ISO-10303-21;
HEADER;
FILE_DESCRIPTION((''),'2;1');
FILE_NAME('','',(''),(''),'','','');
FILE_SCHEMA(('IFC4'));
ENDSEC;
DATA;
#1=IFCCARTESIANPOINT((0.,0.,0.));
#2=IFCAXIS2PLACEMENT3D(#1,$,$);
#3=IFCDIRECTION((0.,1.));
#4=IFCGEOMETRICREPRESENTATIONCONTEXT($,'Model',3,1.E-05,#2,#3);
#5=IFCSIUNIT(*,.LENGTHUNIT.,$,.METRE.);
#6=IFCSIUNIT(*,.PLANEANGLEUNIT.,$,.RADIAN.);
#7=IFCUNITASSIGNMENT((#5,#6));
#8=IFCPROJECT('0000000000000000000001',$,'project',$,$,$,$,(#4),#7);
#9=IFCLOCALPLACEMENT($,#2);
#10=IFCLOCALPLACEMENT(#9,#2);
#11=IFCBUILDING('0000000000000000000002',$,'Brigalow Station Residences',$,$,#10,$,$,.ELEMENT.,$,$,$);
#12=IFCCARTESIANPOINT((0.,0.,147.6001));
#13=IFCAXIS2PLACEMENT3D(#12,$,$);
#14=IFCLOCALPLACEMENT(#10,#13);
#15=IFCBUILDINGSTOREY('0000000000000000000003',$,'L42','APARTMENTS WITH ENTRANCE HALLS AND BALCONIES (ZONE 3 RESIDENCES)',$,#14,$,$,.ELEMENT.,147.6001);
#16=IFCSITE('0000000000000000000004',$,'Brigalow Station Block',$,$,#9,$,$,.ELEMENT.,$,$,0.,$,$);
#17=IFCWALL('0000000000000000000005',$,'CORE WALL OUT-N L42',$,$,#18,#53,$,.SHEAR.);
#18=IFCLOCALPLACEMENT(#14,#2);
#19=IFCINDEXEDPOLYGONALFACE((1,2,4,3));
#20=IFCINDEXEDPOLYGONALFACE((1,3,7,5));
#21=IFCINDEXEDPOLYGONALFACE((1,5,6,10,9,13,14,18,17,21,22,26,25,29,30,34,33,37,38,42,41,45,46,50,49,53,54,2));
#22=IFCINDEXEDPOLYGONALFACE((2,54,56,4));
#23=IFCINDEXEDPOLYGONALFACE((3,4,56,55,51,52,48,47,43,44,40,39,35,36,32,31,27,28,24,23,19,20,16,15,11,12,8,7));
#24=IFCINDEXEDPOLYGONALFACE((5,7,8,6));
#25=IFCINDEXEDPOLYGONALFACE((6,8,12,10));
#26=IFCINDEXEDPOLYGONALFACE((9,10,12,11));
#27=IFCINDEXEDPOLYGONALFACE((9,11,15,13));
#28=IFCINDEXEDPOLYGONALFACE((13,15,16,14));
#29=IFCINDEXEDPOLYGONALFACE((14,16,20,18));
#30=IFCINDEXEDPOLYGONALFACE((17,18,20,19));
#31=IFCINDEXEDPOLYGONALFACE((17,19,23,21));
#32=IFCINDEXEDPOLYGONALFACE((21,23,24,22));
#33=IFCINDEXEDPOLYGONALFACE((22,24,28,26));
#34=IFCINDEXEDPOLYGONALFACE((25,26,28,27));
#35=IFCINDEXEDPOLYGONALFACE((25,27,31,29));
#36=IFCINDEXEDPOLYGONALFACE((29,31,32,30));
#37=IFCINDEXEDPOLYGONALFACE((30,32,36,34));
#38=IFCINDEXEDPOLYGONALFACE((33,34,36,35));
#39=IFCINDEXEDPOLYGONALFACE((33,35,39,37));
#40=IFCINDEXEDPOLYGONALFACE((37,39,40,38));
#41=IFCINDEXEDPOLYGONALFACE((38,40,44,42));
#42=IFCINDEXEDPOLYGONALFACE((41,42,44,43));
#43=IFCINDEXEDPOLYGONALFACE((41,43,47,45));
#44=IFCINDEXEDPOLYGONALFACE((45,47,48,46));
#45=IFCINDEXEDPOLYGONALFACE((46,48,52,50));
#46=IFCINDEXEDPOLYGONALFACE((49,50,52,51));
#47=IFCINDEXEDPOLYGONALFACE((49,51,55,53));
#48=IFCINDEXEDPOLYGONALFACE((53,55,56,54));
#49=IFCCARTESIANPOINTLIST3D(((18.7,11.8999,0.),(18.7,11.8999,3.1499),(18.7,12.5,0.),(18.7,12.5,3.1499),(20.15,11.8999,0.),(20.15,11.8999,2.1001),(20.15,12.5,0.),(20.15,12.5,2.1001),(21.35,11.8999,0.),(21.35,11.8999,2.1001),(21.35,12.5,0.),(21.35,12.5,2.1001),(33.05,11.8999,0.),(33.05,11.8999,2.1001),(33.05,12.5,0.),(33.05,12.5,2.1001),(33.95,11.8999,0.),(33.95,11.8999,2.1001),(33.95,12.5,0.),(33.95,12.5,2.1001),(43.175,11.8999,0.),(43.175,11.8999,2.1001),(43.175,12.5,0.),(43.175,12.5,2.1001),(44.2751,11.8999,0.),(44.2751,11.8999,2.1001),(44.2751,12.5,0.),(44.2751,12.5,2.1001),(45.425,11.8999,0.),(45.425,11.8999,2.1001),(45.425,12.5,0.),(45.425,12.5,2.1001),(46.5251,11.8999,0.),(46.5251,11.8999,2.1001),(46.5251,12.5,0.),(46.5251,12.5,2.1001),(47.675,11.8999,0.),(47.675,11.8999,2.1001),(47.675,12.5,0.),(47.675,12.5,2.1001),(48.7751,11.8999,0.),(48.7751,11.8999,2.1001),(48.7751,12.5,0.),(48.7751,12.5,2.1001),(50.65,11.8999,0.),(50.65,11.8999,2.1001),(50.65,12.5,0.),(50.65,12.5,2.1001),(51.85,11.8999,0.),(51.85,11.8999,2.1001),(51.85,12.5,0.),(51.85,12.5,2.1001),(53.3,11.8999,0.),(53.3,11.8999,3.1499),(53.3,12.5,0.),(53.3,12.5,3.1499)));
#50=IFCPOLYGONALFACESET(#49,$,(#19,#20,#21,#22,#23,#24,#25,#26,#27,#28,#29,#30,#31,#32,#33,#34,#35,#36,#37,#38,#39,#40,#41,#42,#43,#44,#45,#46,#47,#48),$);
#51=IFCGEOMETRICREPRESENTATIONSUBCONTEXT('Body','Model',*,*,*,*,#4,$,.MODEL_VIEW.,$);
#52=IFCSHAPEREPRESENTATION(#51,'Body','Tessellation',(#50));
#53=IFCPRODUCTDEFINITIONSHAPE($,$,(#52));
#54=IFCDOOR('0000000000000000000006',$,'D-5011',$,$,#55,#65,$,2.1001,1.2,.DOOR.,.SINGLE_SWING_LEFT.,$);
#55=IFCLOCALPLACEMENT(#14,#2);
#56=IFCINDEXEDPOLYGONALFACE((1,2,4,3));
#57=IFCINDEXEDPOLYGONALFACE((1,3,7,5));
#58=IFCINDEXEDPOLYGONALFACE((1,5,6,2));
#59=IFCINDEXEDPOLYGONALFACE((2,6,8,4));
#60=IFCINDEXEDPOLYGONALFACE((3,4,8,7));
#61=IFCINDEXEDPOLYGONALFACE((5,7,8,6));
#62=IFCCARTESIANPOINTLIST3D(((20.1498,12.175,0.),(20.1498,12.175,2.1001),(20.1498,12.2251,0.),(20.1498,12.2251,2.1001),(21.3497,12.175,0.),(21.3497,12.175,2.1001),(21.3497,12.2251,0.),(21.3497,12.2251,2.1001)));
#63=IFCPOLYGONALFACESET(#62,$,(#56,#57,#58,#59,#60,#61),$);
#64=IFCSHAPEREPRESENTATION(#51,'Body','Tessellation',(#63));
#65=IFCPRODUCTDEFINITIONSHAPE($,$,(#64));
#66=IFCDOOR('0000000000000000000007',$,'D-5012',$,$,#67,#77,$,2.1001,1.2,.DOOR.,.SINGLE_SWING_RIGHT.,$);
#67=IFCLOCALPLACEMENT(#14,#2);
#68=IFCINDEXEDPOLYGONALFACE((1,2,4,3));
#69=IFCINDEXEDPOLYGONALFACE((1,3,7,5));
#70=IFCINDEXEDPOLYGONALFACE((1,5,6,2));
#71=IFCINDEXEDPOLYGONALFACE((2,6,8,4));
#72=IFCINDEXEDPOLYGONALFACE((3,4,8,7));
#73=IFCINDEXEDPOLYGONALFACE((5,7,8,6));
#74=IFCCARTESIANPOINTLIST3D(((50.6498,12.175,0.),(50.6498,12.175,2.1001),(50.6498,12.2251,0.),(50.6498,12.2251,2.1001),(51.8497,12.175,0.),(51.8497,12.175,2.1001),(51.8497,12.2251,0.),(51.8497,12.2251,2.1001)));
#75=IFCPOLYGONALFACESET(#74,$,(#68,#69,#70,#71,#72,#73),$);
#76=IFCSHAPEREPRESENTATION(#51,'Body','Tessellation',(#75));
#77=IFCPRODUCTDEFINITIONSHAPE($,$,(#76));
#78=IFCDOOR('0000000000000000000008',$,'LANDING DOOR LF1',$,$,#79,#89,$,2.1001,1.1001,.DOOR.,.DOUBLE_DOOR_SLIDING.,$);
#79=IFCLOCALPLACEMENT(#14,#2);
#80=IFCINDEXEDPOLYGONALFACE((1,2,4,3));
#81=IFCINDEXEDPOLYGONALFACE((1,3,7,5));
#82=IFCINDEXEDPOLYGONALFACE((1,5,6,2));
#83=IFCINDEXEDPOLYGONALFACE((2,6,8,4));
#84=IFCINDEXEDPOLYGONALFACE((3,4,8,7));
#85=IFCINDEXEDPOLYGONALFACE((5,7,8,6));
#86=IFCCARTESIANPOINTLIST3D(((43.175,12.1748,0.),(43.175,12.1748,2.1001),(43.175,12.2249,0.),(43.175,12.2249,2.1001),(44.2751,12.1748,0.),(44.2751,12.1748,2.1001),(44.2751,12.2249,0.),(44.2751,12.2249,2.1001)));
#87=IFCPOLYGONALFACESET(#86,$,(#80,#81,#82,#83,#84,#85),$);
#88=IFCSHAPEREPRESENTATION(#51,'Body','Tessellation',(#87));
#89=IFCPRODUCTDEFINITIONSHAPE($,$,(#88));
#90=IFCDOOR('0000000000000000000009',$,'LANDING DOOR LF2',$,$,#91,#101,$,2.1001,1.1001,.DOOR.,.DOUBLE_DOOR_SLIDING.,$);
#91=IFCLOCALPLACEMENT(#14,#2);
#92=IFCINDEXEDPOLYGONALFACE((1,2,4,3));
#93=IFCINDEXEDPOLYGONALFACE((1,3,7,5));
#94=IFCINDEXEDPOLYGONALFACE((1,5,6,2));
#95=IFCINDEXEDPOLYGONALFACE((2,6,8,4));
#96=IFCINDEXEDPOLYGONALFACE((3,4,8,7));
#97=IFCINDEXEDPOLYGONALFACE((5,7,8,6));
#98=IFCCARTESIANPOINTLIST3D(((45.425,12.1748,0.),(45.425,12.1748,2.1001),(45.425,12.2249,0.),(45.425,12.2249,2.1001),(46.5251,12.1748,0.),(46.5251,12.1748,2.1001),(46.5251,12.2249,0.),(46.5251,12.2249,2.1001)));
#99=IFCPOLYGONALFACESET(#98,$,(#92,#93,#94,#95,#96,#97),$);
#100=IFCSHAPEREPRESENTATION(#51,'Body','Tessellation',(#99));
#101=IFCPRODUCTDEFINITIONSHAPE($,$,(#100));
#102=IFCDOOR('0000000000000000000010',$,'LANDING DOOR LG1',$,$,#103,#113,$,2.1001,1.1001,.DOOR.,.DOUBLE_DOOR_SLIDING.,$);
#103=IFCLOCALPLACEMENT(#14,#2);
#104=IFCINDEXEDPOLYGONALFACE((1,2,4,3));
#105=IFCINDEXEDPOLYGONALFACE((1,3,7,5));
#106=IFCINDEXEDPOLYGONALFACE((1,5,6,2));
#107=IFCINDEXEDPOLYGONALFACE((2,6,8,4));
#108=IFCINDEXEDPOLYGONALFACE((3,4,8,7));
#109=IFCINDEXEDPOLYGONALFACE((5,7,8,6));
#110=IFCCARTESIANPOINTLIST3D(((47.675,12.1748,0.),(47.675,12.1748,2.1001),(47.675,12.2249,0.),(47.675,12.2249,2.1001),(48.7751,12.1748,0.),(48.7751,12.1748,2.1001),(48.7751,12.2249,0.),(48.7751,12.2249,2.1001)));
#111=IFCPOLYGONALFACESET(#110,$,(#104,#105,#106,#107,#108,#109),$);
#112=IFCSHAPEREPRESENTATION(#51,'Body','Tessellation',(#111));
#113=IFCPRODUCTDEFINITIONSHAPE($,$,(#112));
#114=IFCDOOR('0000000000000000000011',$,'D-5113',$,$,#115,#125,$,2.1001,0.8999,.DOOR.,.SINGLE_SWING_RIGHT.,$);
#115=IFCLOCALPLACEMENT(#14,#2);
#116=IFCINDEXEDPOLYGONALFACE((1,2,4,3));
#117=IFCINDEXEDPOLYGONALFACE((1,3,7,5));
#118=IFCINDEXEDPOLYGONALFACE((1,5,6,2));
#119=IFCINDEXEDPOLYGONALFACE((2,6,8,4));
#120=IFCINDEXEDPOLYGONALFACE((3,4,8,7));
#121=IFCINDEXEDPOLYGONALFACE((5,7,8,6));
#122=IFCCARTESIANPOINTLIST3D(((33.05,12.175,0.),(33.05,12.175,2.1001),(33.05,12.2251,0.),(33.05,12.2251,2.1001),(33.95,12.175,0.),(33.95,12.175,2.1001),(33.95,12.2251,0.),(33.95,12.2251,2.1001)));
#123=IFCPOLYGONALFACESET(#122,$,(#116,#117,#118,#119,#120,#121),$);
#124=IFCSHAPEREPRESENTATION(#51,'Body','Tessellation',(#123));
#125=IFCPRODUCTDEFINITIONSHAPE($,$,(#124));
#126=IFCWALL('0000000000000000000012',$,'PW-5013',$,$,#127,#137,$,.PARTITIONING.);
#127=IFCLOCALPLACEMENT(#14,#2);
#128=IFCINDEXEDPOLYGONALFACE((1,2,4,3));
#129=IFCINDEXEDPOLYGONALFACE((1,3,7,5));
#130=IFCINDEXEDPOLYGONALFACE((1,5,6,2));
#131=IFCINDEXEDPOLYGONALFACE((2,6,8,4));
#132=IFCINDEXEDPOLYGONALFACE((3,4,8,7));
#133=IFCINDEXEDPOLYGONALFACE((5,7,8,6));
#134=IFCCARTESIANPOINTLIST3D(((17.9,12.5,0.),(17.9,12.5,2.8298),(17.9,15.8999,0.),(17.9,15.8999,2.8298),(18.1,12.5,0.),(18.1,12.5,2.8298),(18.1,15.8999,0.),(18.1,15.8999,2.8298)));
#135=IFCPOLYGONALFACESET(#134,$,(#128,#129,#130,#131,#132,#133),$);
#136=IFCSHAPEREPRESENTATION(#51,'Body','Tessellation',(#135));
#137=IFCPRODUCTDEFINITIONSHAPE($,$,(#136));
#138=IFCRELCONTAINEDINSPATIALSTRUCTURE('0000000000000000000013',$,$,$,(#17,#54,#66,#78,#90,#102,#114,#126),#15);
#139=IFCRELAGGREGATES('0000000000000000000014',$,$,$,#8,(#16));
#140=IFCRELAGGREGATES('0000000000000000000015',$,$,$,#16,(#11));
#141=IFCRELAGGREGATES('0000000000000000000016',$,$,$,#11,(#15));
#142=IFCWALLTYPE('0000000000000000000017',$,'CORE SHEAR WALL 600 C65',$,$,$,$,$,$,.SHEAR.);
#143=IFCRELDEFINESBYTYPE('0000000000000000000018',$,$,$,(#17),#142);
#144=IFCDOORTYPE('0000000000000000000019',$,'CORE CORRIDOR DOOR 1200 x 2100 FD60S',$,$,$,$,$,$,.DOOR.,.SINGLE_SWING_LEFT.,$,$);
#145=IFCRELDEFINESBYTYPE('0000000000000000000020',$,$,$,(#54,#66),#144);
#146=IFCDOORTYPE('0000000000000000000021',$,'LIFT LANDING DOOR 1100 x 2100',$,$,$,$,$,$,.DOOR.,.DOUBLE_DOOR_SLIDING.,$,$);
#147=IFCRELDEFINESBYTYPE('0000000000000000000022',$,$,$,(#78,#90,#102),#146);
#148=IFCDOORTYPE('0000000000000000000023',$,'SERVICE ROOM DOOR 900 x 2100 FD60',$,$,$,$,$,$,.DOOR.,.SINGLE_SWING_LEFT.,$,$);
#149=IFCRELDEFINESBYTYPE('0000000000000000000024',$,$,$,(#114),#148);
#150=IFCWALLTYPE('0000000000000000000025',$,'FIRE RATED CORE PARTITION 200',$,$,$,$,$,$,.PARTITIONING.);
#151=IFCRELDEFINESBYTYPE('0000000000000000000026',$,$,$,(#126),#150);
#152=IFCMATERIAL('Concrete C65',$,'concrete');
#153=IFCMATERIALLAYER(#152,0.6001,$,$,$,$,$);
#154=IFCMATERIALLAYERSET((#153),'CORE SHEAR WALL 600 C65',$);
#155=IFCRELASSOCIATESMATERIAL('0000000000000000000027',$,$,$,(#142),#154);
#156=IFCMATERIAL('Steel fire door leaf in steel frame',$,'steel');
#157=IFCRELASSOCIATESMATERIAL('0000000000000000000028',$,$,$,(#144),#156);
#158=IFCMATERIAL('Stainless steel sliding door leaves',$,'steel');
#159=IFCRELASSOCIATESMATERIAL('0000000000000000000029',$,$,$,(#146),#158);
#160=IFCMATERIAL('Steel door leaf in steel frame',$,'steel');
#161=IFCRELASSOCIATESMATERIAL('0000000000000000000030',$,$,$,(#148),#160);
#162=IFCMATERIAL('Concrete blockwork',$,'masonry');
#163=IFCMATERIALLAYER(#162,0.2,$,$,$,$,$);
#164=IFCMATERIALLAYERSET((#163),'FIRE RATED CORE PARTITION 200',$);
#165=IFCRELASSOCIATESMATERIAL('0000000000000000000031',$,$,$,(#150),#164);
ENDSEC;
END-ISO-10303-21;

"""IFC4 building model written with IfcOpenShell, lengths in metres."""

from ifc_helpers import new_model, si_unit, direction, frame, frame_2d, origin, place, context, subcontext, project, spatial, rectangle, extrude, material, layer, layer_set, type_object, element, fill, save


model = new_model("IFC4")

# Units and contexts
model_context = context("Model", 3, precision=1e-05, world=origin(), true_north=direction((0.0, 1.0)))
body_context = subcontext(model_context, "Body", "Model", "MODEL_VIEW")
ifc_project = project(units=[si_unit("LENGTHUNIT", "METRE"), si_unit("PLANEANGLEUNIT", "RADIAN")], contexts=[model_context])

# Site, building, storey
site_placement = place(None, origin())
site = spatial("IfcSite", under=ifc_project, at=site_placement, Name="Brigalow Station Block", CompositionType="ELEMENT", RefElevation=0.0)
building_placement = place(site_placement, origin())
building = spatial("IfcBuilding", under=site, at=building_placement, Name="Brigalow Station Residences", CompositionType="ELEMENT")
storey_placement = place(building_placement, frame((0.0, 0.0, 147.6001)))
storey = spatial("IfcBuildingStorey", under=building, at=storey_placement, Name="L42", Description="APARTMENTS WITH ENTRANCE HALLS AND BALCONIES (ZONE 3 RESIDENCES)", CompositionType="ELEMENT", Elevation=147.6001)

# Wall, openings, doors
ifc_material_1 = material(Name="Concrete C65", Category="concrete")
ifc_layer_1 = layer(ifc_material_1, 0.6001)
ifc_layer_set_1 = layer_set([ifc_layer_1], Name="CORE SHEAR WALL 600 C65")
wall_type_1 = type_object("IfcWallType", Name="CORE SHEAR WALL 600 C65", PredefinedType="SHEAR", material=ifc_layer_set_1)
wall_1_placement = place(storey_placement, frame((18.7, 12.2, 0.0), z_axis=(0.0, 0.0, 1.0), x_axis=(1.0, 0.0, 0.0)))
wall_1 = element("IfcWall", 1, at=wall_1_placement, inside=storey, type_object=wall_type_1, Name="CORE WALL OUT-N L42", PredefinedType="SHEAR", context=body_context, shape_type="SweptSolid", body=[
    extrude(rectangle(XDim=34.6001, YDim=0.6001, at=frame_2d((17.3, 0.0))), origin(), (0.0, 0.0, 1.0), 3.1499),
])
opening_1_placement = place(wall_1_placement, frame((24.4751, 0.0, 0.0)))
opening_1 = element("IfcOpeningElement", 2, at=opening_1_placement, cuts=wall_1, PredefinedType="OPENING", context=body_context, shape_type="SweptSolid", body=[
    extrude(rectangle(XDim=1.1001, YDim=2.1001, at=frame_2d((0.55, 1.05))), frame((0.0, 0.3101, 0.0), z_axis=(0.0, -1.0, 0.0), x_axis=(1.0, 0.0, 0.0)), (0.0, 0.0, 1.0), 0.6201),
])
opening_2_placement = place(wall_1_placement, frame((26.7251, 0.0, 0.0)))
opening_2 = element("IfcOpeningElement", 3, at=opening_2_placement, cuts=wall_1, PredefinedType="OPENING", context=body_context, shape_type="SweptSolid", body=[
    extrude(rectangle(XDim=1.1001, YDim=2.1001, at=frame_2d((0.55, 1.05))), frame((0.0, 0.3101, 0.0), z_axis=(0.0, -1.0, 0.0), x_axis=(1.0, 0.0, 0.0)), (0.0, 0.0, 1.0), 0.6201),
])
opening_3_placement = place(wall_1_placement, frame((28.9751, 0.0, 0.0)))
opening_3 = element("IfcOpeningElement", 4, at=opening_3_placement, cuts=wall_1, PredefinedType="OPENING", context=body_context, shape_type="SweptSolid", body=[
    extrude(rectangle(XDim=1.1001, YDim=2.1001, at=frame_2d((0.55, 1.05))), frame((0.0, 0.3101, 0.0), z_axis=(0.0, -1.0, 0.0), x_axis=(1.0, 0.0, 0.0)), (0.0, 0.0, 1.0), 0.6201),
])
opening_4_placement = place(wall_1_placement, frame((14.3501, 0.0, 0.0)))
opening_4 = element("IfcOpeningElement", 5, at=opening_4_placement, cuts=wall_1, PredefinedType="OPENING", context=body_context, shape_type="SweptSolid", body=[
    extrude(rectangle(XDim=0.8999, YDim=2.1001, at=frame_2d((0.45, 1.05))), frame((0.0, 0.3101, 0.0), z_axis=(0.0, -1.0, 0.0), x_axis=(1.0, 0.0, 0.0)), (0.0, 0.0, 1.0), 0.6201),
])
opening_5_placement = place(wall_1_placement, frame((1.45, 0.0, 0.0)))
opening_5 = element("IfcOpeningElement", 6, at=opening_5_placement, cuts=wall_1, PredefinedType="OPENING", context=body_context, shape_type="SweptSolid", body=[
    extrude(rectangle(XDim=1.2, YDim=2.1001, at=frame_2d((0.6001, 1.05))), frame((0.0, 0.3101, 0.0), z_axis=(0.0, -1.0, 0.0), x_axis=(1.0, 0.0, 0.0)), (0.0, 0.0, 1.0), 0.6201),
])
opening_6_placement = place(wall_1_placement, frame((31.95, 0.0, 0.0)))
opening_6 = element("IfcOpeningElement", 7, at=opening_6_placement, cuts=wall_1, PredefinedType="OPENING", context=body_context, shape_type="SweptSolid", body=[
    extrude(rectangle(XDim=1.2, YDim=2.1001, at=frame_2d((0.6001, 1.05))), frame((0.0, 0.3101, 0.0), z_axis=(0.0, -1.0, 0.0), x_axis=(1.0, 0.0, 0.0)), (0.0, 0.0, 1.0), 0.6201),
])
ifc_material_2 = material(Name="Steel fire door leaf in steel frame", Category="steel")
door_type_1 = type_object("IfcDoorType", Name="CORE CORRIDOR DOOR 1200 x 2100 FD60S", OperationType="SINGLE_SWING_LEFT", PredefinedType="DOOR", material=ifc_material_2)
door_1_placement = place(opening_5_placement, frame((1.2, 0.0, 0.0), z_axis=(0.0, 0.0, 1.0), x_axis=(-1.0, 0.0, 0.0)))
door_1 = element("IfcDoor", 8, at=door_1_placement, inside=storey, type_object=door_type_1, Name="D-5011", OperationType="SINGLE_SWING_LEFT", OverallHeight=2.1001, OverallWidth=1.2, PredefinedType="DOOR", context=body_context, shape_type="SweptSolid", body=[
    extrude(rectangle(XDim=1.2, YDim=2.1001, at=frame_2d((0.6001, 1.05))), frame((0.0, 0.0249, 0.0), z_axis=(0.0, -1.0, 0.0), x_axis=(1.0, 0.0, 0.0)), (0.0, 0.0, 1.0), 0.05),
])
fill(opening_5, door_1)
door_2_placement = place(opening_6_placement, frame((1.2, 0.0, 0.0), z_axis=(0.0, 0.0, 1.0), x_axis=(-1.0, 0.0, 0.0)))
door_2 = element("IfcDoor", 9, at=door_2_placement, inside=storey, type_object=door_type_1, Name="D-5012", OperationType="SINGLE_SWING_RIGHT", OverallHeight=2.1001, OverallWidth=1.2, PredefinedType="DOOR", context=body_context, shape_type="SweptSolid", body=[
    extrude(rectangle(XDim=1.2, YDim=2.1001, at=frame_2d((0.6001, 1.05))), frame((0.0, 0.0249, 0.0), z_axis=(0.0, -1.0, 0.0), x_axis=(1.0, 0.0, 0.0)), (0.0, 0.0, 1.0), 0.05),
])
fill(opening_6, door_2)
ifc_material_3 = material(Name="Stainless steel sliding door leaves", Category="steel")
door_type_2 = type_object("IfcDoorType", Name="LIFT LANDING DOOR 1100 x 2100", OperationType="DOUBLE_DOOR_SLIDING", PredefinedType="DOOR", material=ifc_material_3)
door_3_placement = place(opening_1_placement, origin())
door_3 = element("IfcDoor", 10, at=door_3_placement, inside=storey, type_object=door_type_2, Name="LANDING DOOR LF1", OperationType="DOUBLE_DOOR_SLIDING", OverallHeight=2.1001, OverallWidth=1.1001, PredefinedType="DOOR", context=body_context, shape_type="SweptSolid", body=[
    extrude(rectangle(XDim=1.1001, YDim=2.1001, at=frame_2d((0.55, 1.05))), frame((0.0, 0.0249, 0.0), z_axis=(0.0, -1.0, 0.0), x_axis=(1.0, 0.0, 0.0)), (0.0, 0.0, 1.0), 0.05),
])
fill(opening_1, door_3)
door_4_placement = place(opening_2_placement, origin())
door_4 = element("IfcDoor", 11, at=door_4_placement, inside=storey, type_object=door_type_2, Name="LANDING DOOR LF2", OperationType="DOUBLE_DOOR_SLIDING", OverallHeight=2.1001, OverallWidth=1.1001, PredefinedType="DOOR", context=body_context, shape_type="SweptSolid", body=[
    extrude(rectangle(XDim=1.1001, YDim=2.1001, at=frame_2d((0.55, 1.05))), frame((0.0, 0.0249, 0.0), z_axis=(0.0, -1.0, 0.0), x_axis=(1.0, 0.0, 0.0)), (0.0, 0.0, 1.0), 0.05),
])
fill(opening_2, door_4)
door_5_placement = place(opening_3_placement, origin())
door_5 = element("IfcDoor", 12, at=door_5_placement, inside=storey, type_object=door_type_2, Name="LANDING DOOR LG1", OperationType="DOUBLE_DOOR_SLIDING", OverallHeight=2.1001, OverallWidth=1.1001, PredefinedType="DOOR", context=body_context, shape_type="SweptSolid", body=[
    extrude(rectangle(XDim=1.1001, YDim=2.1001, at=frame_2d((0.55, 1.05))), frame((0.0, 0.0249, 0.0), z_axis=(0.0, -1.0, 0.0), x_axis=(1.0, 0.0, 0.0)), (0.0, 0.0, 1.0), 0.05),
])
fill(opening_3, door_5)
ifc_material_4 = material(Name="Steel door leaf in steel frame", Category="steel")
door_type_3 = type_object("IfcDoorType", Name="SERVICE ROOM DOOR 900 x 2100 FD60", OperationType="SINGLE_SWING_LEFT", PredefinedType="DOOR", material=ifc_material_4)
door_6_placement = place(opening_4_placement, frame((0.8999, 0.0, 0.0), z_axis=(0.0, 0.0, 1.0), x_axis=(-1.0, 0.0, 0.0)))
door_6 = element("IfcDoor", 13, at=door_6_placement, inside=storey, type_object=door_type_3, Name="D-5113", OperationType="SINGLE_SWING_RIGHT", OverallHeight=2.1001, OverallWidth=0.8999, PredefinedType="DOOR", context=body_context, shape_type="SweptSolid", body=[
    extrude(rectangle(XDim=0.8999, YDim=2.1001, at=frame_2d((0.45, 1.05))), frame((0.0, 0.0249, 0.0), z_axis=(0.0, -1.0, 0.0), x_axis=(1.0, 0.0, 0.0)), (0.0, 0.0, 1.0), 0.05),
])
fill(opening_4, door_6)

# Wall
ifc_material_5 = material(Name="Concrete blockwork", Category="masonry")
ifc_layer_2 = layer(ifc_material_5, 0.2)
ifc_layer_set_2 = layer_set([ifc_layer_2], Name="FIRE RATED CORE PARTITION 200")
wall_type_2 = type_object("IfcWallType", Name="FIRE RATED CORE PARTITION 200", PredefinedType="PARTITIONING", material=ifc_layer_set_2)
wall_2_placement = place(storey_placement, frame((18.0, 12.5, 0.0), z_axis=(0.0, 0.0, 1.0), x_axis=(0.0, 1.0, 0.0)))
element("IfcWall", 14, at=wall_2_placement, inside=storey, type_object=wall_type_2, Name="PW-5013", PredefinedType="PARTITIONING", context=body_context, shape_type="SweptSolid", body=[
    extrude(rectangle(XDim=3.3999, YDim=0.2, at=frame_2d((1.7, 0.0))), origin(), (0.0, 0.0, 1.0), 2.8298),
])

save(model, "model.ifc")
